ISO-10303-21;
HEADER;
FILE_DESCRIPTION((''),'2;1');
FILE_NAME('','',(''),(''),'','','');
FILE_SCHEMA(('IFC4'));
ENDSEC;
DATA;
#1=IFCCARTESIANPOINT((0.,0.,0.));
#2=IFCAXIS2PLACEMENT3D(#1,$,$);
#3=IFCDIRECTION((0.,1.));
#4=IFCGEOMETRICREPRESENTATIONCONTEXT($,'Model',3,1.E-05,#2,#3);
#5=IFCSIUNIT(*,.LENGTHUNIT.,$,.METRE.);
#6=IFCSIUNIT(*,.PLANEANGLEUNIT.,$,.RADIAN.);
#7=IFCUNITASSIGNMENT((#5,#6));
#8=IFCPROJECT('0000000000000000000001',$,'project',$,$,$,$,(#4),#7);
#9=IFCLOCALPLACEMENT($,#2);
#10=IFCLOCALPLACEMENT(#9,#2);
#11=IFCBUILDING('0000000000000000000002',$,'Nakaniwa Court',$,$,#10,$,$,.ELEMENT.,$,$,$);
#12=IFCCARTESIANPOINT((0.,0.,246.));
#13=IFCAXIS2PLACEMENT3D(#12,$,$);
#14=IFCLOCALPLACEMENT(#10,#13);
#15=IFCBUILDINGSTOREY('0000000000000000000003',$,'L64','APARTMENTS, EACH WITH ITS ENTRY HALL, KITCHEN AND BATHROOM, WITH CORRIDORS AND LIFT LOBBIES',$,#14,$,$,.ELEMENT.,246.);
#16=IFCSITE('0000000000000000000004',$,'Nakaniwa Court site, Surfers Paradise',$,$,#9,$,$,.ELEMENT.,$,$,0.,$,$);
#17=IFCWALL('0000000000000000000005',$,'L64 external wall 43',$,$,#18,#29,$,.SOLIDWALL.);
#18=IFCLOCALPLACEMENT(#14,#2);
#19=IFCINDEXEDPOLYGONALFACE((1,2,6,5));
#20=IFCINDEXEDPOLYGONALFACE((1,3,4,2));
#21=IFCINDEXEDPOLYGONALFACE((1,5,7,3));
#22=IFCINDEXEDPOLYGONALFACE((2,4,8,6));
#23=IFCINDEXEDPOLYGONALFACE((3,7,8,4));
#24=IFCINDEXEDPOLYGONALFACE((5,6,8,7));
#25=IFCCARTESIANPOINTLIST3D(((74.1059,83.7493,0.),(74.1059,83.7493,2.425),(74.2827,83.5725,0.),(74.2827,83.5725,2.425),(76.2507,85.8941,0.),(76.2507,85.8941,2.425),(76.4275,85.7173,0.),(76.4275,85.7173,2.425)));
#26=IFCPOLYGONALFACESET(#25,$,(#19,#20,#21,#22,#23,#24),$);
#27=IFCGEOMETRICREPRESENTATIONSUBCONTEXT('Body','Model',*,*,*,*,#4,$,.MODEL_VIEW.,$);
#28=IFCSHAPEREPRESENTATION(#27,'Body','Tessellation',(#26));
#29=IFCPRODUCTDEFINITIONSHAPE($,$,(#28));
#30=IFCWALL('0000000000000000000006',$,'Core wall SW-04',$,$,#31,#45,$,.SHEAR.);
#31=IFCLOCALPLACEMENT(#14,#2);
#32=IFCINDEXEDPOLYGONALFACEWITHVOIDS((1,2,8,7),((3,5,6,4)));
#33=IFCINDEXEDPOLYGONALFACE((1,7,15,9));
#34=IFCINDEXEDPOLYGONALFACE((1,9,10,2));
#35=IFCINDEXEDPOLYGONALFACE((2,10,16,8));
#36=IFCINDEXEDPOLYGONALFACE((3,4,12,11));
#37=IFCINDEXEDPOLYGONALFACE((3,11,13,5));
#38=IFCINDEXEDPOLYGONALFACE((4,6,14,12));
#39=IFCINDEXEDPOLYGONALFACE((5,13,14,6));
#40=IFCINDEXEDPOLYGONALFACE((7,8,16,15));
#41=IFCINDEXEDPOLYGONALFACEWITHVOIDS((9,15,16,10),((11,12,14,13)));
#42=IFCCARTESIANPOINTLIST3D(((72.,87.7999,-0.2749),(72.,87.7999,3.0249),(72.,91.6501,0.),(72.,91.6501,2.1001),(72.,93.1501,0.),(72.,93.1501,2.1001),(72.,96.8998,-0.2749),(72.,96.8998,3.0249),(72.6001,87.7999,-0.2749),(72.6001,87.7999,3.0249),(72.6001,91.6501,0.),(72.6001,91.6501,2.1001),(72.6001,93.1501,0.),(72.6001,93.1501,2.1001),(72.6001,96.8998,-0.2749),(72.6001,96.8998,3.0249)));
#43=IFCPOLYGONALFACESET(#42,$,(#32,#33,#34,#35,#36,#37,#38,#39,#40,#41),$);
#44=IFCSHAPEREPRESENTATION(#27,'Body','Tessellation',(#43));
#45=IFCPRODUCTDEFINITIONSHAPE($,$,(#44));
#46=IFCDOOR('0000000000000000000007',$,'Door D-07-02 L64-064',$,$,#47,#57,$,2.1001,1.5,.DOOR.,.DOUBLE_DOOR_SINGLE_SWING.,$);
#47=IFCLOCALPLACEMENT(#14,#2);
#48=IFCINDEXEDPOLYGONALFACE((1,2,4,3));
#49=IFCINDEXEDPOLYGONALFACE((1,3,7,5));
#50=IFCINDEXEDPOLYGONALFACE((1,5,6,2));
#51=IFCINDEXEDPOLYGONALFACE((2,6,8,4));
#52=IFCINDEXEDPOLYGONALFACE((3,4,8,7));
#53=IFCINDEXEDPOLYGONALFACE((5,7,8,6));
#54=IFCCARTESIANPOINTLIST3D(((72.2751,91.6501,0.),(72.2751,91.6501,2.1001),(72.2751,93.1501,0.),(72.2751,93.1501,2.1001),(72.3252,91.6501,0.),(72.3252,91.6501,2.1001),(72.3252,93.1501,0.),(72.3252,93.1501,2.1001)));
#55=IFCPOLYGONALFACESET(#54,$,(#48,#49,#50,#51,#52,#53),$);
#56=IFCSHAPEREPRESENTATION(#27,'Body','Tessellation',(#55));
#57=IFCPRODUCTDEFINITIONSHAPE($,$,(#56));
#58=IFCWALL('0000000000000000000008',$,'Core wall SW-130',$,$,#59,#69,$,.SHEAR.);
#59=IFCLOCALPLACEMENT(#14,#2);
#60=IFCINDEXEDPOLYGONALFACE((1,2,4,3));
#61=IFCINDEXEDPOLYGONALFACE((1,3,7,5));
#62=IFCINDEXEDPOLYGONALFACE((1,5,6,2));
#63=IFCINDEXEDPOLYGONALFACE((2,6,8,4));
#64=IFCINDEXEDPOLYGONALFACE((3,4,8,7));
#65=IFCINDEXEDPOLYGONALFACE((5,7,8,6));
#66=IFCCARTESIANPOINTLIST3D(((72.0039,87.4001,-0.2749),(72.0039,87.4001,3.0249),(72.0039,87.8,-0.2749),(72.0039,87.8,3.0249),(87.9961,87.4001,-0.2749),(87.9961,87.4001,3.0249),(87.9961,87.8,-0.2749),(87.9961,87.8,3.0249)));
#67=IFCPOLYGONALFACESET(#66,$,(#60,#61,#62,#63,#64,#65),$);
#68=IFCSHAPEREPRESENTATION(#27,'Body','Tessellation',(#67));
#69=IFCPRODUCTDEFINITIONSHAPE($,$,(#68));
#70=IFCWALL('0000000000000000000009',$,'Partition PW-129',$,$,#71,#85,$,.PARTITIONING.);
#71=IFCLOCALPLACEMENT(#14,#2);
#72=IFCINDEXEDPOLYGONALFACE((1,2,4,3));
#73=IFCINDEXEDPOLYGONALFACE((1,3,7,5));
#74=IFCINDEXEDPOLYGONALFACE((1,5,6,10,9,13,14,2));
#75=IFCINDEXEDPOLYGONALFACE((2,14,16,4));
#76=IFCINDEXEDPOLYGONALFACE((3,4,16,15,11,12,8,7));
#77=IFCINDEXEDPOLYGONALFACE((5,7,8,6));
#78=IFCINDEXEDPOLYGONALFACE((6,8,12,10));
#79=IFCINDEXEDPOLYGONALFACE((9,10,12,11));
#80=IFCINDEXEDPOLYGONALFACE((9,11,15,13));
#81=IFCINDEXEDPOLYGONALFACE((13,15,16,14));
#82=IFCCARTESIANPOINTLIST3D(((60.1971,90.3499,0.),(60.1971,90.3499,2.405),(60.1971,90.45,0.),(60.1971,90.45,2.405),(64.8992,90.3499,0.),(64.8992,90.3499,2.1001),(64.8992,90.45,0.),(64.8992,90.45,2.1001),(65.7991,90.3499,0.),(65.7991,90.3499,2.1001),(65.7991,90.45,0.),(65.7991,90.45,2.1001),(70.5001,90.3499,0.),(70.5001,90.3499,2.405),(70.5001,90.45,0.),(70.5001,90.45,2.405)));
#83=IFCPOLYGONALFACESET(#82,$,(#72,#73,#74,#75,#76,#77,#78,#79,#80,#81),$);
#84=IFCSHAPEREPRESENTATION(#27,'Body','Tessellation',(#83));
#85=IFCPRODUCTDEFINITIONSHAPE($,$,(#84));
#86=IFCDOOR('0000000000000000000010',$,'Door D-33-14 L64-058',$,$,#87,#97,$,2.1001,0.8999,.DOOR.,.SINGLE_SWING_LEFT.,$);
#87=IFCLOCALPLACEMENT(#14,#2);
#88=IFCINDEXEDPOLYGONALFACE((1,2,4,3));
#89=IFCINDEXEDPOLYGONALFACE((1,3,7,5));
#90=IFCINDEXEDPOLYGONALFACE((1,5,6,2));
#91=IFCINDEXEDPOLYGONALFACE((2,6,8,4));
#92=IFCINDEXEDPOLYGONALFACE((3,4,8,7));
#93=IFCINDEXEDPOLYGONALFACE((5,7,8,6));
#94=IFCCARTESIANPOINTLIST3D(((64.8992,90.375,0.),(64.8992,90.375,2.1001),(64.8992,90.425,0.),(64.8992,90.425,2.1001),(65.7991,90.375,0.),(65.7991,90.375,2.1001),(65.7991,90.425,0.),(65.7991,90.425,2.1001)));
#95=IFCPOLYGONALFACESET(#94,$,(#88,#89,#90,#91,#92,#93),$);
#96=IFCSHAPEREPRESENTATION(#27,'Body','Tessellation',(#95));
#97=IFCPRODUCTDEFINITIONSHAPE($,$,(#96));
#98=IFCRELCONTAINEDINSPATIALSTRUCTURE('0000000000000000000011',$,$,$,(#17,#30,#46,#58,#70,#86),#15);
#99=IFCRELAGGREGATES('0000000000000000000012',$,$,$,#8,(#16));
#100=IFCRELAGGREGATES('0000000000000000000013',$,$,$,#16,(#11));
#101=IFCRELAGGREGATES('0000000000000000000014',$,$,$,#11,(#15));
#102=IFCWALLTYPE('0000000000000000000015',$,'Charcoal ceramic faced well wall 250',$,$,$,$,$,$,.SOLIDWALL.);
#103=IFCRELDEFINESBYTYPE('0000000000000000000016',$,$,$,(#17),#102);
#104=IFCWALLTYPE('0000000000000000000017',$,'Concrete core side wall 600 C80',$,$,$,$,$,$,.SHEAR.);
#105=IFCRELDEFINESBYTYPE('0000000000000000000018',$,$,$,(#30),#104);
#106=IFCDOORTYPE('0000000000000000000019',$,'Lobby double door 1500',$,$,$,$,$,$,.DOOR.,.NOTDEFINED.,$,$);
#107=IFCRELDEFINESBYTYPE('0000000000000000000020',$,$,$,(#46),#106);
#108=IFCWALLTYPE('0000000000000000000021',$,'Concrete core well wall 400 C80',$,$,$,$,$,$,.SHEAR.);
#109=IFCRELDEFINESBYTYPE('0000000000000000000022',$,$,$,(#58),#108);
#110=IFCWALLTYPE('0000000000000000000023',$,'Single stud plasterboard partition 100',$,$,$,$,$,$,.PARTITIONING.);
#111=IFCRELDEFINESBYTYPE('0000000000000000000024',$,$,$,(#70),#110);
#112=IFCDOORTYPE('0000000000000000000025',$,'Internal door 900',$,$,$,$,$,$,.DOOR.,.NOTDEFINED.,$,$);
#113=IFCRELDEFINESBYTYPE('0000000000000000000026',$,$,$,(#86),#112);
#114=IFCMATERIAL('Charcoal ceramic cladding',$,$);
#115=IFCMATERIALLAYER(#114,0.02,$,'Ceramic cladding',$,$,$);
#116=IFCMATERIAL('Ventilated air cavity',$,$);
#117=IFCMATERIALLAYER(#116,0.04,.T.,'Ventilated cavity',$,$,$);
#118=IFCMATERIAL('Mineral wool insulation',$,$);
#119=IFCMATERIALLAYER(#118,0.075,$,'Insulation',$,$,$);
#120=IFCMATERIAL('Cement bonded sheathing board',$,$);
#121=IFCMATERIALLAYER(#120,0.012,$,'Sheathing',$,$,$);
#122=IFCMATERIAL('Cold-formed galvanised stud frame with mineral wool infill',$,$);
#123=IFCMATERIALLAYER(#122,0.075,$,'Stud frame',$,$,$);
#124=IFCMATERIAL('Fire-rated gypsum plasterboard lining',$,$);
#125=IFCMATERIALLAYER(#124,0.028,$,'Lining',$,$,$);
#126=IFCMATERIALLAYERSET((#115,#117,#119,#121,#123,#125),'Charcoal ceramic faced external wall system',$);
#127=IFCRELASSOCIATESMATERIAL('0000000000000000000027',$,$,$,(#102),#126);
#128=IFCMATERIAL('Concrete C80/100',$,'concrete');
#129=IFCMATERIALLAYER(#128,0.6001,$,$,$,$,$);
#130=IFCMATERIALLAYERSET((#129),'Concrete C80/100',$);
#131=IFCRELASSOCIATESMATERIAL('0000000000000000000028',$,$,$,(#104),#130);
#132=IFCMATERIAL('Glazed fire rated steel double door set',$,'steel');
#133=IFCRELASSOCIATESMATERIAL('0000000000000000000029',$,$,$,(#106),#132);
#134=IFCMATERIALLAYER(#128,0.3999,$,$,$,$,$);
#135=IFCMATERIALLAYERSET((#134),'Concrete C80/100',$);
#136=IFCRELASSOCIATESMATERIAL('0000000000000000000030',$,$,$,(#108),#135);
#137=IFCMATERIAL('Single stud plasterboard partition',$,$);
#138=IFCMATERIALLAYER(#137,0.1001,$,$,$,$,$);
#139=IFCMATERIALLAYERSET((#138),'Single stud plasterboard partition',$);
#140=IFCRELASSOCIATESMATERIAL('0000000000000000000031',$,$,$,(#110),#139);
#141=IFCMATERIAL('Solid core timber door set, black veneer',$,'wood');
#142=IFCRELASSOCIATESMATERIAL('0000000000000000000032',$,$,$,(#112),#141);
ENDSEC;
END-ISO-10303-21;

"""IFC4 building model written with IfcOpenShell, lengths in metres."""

from ifc_helpers import new_model, si_unit, direction, frame, frame_2d, origin, place, context, subcontext, project, spatial, rectangle, extrude, material, layer, layer_set, type_object, element, fill, save


model = new_model("IFC4")

# Units and contexts
model_context = context("Model", 3, precision=1e-05, world=origin(), true_north=direction((0.0, 1.0)))
body_context = subcontext(model_context, "Body", "Model", "MODEL_VIEW")
ifc_project = project(units=[si_unit("LENGTHUNIT", "METRE"), si_unit("PLANEANGLEUNIT", "RADIAN")], contexts=[model_context])

# Site, building, storey
site_placement = place(None, origin())
site = spatial("IfcSite", under=ifc_project, at=site_placement, Name="Nakaniwa Court site, Surfers Paradise", CompositionType="ELEMENT", RefElevation=0.0)
building_placement = place(site_placement, origin())
building = spatial("IfcBuilding", under=site, at=building_placement, Name="Nakaniwa Court", CompositionType="ELEMENT")
storey_placement = place(building_placement, frame((0.0, 0.0, 246.0)))
storey = spatial("IfcBuildingStorey", under=building, at=storey_placement, Name="L64", Description="APARTMENTS, EACH WITH ITS ENTRY HALL, KITCHEN AND BATHROOM, WITH CORRIDORS AND LIFT LOBBIES", CompositionType="ELEMENT", Elevation=246.0)

# Shared definitions
ifc_material_1 = material(Name="Concrete C80/100", Category="concrete")

# Shared definitions
ifc_material_2 = material(Name="Solid core timber door set, black veneer", Category="wood")

# Wall
ifc_material_3 = material(Name="Charcoal ceramic cladding")
ifc_layer_1 = layer(ifc_material_3, 0.02, Name="Ceramic cladding")
ifc_material_4 = material(Name="Ventilated air cavity")
ifc_layer_2 = layer(ifc_material_4, 0.04, ventilated=True, Name="Ventilated cavity")
ifc_material_5 = material(Name="Mineral wool insulation")
ifc_layer_3 = layer(ifc_material_5, 0.075, Name="Insulation")
ifc_material_6 = material(Name="Cement bonded sheathing board")
ifc_layer_4 = layer(ifc_material_6, 0.012, Name="Sheathing")
ifc_material_7 = material(Name="Cold-formed galvanised stud frame with mineral wool infill")
ifc_layer_5 = layer(ifc_material_7, 0.075, Name="Stud frame")
ifc_material_8 = material(Name="Fire-rated gypsum plasterboard lining")
ifc_layer_6 = layer(ifc_material_8, 0.028, Name="Lining")
ifc_layer_set_1 = layer_set([ifc_layer_1, ifc_layer_2, ifc_layer_3, ifc_layer_4, ifc_layer_5, ifc_layer_6], Name="Charcoal ceramic faced external wall system")
wall_type_1 = type_object("IfcWallType", Name="Charcoal ceramic faced well wall 250", PredefinedType="SOLIDWALL", material=ifc_layer_set_1)
wall_1_placement = place(storey_placement, frame((74.1943, 83.6609, 0.0), z_axis=(0.0, 0.0, 1.0), x_axis=(0.707107, 0.707107, 0.0)))
element("IfcWall", 1, at=wall_1_placement, inside=storey, type_object=wall_type_1, Name="L64 external wall 43", PredefinedType="SOLIDWALL", context=body_context, shape_type="SweptSolid", body=[
    extrude(rectangle(XDim=3.0332, YDim=0.25, at=frame_2d((1.5166, 0.0))), origin(), (0.0, 0.0, 1.0), 2.425),
])

# Wall, opening, door
ifc_layer_7 = layer(ifc_material_1, 0.6001)
ifc_layer_set_2 = layer_set([ifc_layer_7], Name="Concrete C80/100")
wall_type_2 = type_object("IfcWallType", Name="Concrete core side wall 600 C80", PredefinedType="SHEAR", material=ifc_layer_set_2)
wall_2_placement = place(storey_placement, frame((72.3, 87.8, -0.2749), z_axis=(0.0, 0.0, 1.0), x_axis=(0.0, 1.0, 0.0)))
wall_2 = element("IfcWall", 2, at=wall_2_placement, inside=storey, type_object=wall_type_2, Name="Core wall SW-04", PredefinedType="SHEAR", context=body_context, shape_type="SweptSolid", body=[
    extrude(rectangle(XDim=9.0999, YDim=0.6001, at=frame_2d((4.5498, 0.0))), origin(), (0.0, 0.0, 1.0), 3.2998),
])
opening_1_placement = place(wall_2_placement, frame((3.8501, 0.0, 0.2749)))
opening_1 = element("IfcOpeningElement", 3, at=opening_1_placement, cuts=wall_2, PredefinedType="OPENING", context=body_context, shape_type="SweptSolid", body=[
    extrude(rectangle(XDim=1.5, YDim=2.1001, at=frame_2d((0.75, 1.05))), frame((0.0, 0.3101, 0.0), z_axis=(0.0, -1.0, 0.0), x_axis=(1.0, 0.0, 0.0)), (0.0, 0.0, 1.0), 0.6201),
])
ifc_material_9 = material(Name="Glazed fire rated steel double door set", Category="steel")
door_type_1 = type_object("IfcDoorType", Name="Lobby double door 1500", OperationType="NOTDEFINED", PredefinedType="DOOR", material=ifc_material_9)
door_1_placement = place(opening_1_placement, origin())
door_1 = element("IfcDoor", 4, at=door_1_placement, inside=storey, type_object=door_type_1, Name="Door D-07-02 L64-064", OperationType="DOUBLE_DOOR_SINGLE_SWING", OverallHeight=2.1001, OverallWidth=1.5, PredefinedType="DOOR", context=body_context, shape_type="SweptSolid", body=[
    extrude(rectangle(XDim=1.5, YDim=2.1001, at=frame_2d((0.75, 1.05))), frame((0.0, 0.0249, 0.0), z_axis=(0.0, -1.0, 0.0), x_axis=(1.0, 0.0, 0.0)), (0.0, 0.0, 1.0), 0.05),
])
fill(opening_1, door_1)

# Wall
ifc_layer_8 = layer(ifc_material_1, 0.3999)
ifc_layer_set_3 = layer_set([ifc_layer_8], Name="Concrete C80/100")
wall_type_3 = type_object("IfcWallType", Name="Concrete core well wall 400 C80", PredefinedType="SHEAR", material=ifc_layer_set_3)
wall_3_placement = place(storey_placement, frame((72.0039, 87.6001, -0.2749), z_axis=(0.0, 0.0, 1.0), x_axis=(1.0, 0.0, 0.0)))
element("IfcWall", 5, at=wall_3_placement, inside=storey, type_object=wall_type_3, Name="Core wall SW-130", PredefinedType="SHEAR", context=body_context, shape_type="SweptSolid", body=[
    extrude(rectangle(XDim=15.9922, YDim=0.3999, at=frame_2d((7.9961, 0.0))), origin(), (0.0, 0.0, 1.0), 3.2998),
])

# Wall, opening, door
ifc_material_10 = material(Name="Single stud plasterboard partition")
ifc_layer_9 = layer(ifc_material_10, 0.1001)
ifc_layer_set_4 = layer_set([ifc_layer_9], Name="Single stud plasterboard partition")
wall_type_4 = type_object("IfcWallType", Name="Single stud plasterboard partition 100", PredefinedType="PARTITIONING", material=ifc_layer_set_4)
wall_4_placement = place(storey_placement, frame((70.5, 90.3999, 0.0), z_axis=(0.0, 0.0, 1.0), x_axis=(-1.0, 0.0, 0.0)))
wall_4 = element("IfcWall", 6, at=wall_4_placement, inside=storey, type_object=wall_type_4, Name="Partition PW-129", PredefinedType="PARTITIONING", context=body_context, shape_type="SweptSolid", body=[
    extrude(rectangle(XDim=10.303, YDim=0.1001, at=frame_2d((5.1514, 0.0))), origin(), (0.0, 0.0, 1.0), 2.405),
])
opening_2_placement = place(wall_4_placement, frame((4.7009, 0.0, 0.0)))
opening_2 = element("IfcOpeningElement", 7, at=opening_2_placement, cuts=wall_4, PredefinedType="OPENING", context=body_context, shape_type="SweptSolid", body=[
    extrude(rectangle(XDim=0.8999, YDim=2.1001, at=frame_2d((0.45, 1.05))), frame((0.0, 0.0601, 0.0), z_axis=(0.0, -1.0, 0.0), x_axis=(1.0, 0.0, 0.0)), (0.0, 0.0, 1.0), 0.1201),
])
door_type_2 = type_object("IfcDoorType", Name="Internal door 900", OperationType="NOTDEFINED", PredefinedType="DOOR", material=ifc_material_2)
door_2_placement = place(opening_2_placement, origin())
door_2 = element("IfcDoor", 8, at=door_2_placement, inside=storey, type_object=door_type_2, Name="Door D-33-14 L64-058", OperationType="SINGLE_SWING_LEFT", OverallHeight=2.1001, OverallWidth=0.8999, PredefinedType="DOOR", context=body_context, shape_type="SweptSolid", body=[
    extrude(rectangle(XDim=0.8999, YDim=2.1001, at=frame_2d((0.45, 1.05))), frame((0.0, 0.0249, 0.0), z_axis=(0.0, -1.0, 0.0), x_axis=(1.0, 0.0, 0.0)), (0.0, 0.0, 1.0), 0.05),
])
fill(opening_2, door_2)

save(model, "model.ifc")
